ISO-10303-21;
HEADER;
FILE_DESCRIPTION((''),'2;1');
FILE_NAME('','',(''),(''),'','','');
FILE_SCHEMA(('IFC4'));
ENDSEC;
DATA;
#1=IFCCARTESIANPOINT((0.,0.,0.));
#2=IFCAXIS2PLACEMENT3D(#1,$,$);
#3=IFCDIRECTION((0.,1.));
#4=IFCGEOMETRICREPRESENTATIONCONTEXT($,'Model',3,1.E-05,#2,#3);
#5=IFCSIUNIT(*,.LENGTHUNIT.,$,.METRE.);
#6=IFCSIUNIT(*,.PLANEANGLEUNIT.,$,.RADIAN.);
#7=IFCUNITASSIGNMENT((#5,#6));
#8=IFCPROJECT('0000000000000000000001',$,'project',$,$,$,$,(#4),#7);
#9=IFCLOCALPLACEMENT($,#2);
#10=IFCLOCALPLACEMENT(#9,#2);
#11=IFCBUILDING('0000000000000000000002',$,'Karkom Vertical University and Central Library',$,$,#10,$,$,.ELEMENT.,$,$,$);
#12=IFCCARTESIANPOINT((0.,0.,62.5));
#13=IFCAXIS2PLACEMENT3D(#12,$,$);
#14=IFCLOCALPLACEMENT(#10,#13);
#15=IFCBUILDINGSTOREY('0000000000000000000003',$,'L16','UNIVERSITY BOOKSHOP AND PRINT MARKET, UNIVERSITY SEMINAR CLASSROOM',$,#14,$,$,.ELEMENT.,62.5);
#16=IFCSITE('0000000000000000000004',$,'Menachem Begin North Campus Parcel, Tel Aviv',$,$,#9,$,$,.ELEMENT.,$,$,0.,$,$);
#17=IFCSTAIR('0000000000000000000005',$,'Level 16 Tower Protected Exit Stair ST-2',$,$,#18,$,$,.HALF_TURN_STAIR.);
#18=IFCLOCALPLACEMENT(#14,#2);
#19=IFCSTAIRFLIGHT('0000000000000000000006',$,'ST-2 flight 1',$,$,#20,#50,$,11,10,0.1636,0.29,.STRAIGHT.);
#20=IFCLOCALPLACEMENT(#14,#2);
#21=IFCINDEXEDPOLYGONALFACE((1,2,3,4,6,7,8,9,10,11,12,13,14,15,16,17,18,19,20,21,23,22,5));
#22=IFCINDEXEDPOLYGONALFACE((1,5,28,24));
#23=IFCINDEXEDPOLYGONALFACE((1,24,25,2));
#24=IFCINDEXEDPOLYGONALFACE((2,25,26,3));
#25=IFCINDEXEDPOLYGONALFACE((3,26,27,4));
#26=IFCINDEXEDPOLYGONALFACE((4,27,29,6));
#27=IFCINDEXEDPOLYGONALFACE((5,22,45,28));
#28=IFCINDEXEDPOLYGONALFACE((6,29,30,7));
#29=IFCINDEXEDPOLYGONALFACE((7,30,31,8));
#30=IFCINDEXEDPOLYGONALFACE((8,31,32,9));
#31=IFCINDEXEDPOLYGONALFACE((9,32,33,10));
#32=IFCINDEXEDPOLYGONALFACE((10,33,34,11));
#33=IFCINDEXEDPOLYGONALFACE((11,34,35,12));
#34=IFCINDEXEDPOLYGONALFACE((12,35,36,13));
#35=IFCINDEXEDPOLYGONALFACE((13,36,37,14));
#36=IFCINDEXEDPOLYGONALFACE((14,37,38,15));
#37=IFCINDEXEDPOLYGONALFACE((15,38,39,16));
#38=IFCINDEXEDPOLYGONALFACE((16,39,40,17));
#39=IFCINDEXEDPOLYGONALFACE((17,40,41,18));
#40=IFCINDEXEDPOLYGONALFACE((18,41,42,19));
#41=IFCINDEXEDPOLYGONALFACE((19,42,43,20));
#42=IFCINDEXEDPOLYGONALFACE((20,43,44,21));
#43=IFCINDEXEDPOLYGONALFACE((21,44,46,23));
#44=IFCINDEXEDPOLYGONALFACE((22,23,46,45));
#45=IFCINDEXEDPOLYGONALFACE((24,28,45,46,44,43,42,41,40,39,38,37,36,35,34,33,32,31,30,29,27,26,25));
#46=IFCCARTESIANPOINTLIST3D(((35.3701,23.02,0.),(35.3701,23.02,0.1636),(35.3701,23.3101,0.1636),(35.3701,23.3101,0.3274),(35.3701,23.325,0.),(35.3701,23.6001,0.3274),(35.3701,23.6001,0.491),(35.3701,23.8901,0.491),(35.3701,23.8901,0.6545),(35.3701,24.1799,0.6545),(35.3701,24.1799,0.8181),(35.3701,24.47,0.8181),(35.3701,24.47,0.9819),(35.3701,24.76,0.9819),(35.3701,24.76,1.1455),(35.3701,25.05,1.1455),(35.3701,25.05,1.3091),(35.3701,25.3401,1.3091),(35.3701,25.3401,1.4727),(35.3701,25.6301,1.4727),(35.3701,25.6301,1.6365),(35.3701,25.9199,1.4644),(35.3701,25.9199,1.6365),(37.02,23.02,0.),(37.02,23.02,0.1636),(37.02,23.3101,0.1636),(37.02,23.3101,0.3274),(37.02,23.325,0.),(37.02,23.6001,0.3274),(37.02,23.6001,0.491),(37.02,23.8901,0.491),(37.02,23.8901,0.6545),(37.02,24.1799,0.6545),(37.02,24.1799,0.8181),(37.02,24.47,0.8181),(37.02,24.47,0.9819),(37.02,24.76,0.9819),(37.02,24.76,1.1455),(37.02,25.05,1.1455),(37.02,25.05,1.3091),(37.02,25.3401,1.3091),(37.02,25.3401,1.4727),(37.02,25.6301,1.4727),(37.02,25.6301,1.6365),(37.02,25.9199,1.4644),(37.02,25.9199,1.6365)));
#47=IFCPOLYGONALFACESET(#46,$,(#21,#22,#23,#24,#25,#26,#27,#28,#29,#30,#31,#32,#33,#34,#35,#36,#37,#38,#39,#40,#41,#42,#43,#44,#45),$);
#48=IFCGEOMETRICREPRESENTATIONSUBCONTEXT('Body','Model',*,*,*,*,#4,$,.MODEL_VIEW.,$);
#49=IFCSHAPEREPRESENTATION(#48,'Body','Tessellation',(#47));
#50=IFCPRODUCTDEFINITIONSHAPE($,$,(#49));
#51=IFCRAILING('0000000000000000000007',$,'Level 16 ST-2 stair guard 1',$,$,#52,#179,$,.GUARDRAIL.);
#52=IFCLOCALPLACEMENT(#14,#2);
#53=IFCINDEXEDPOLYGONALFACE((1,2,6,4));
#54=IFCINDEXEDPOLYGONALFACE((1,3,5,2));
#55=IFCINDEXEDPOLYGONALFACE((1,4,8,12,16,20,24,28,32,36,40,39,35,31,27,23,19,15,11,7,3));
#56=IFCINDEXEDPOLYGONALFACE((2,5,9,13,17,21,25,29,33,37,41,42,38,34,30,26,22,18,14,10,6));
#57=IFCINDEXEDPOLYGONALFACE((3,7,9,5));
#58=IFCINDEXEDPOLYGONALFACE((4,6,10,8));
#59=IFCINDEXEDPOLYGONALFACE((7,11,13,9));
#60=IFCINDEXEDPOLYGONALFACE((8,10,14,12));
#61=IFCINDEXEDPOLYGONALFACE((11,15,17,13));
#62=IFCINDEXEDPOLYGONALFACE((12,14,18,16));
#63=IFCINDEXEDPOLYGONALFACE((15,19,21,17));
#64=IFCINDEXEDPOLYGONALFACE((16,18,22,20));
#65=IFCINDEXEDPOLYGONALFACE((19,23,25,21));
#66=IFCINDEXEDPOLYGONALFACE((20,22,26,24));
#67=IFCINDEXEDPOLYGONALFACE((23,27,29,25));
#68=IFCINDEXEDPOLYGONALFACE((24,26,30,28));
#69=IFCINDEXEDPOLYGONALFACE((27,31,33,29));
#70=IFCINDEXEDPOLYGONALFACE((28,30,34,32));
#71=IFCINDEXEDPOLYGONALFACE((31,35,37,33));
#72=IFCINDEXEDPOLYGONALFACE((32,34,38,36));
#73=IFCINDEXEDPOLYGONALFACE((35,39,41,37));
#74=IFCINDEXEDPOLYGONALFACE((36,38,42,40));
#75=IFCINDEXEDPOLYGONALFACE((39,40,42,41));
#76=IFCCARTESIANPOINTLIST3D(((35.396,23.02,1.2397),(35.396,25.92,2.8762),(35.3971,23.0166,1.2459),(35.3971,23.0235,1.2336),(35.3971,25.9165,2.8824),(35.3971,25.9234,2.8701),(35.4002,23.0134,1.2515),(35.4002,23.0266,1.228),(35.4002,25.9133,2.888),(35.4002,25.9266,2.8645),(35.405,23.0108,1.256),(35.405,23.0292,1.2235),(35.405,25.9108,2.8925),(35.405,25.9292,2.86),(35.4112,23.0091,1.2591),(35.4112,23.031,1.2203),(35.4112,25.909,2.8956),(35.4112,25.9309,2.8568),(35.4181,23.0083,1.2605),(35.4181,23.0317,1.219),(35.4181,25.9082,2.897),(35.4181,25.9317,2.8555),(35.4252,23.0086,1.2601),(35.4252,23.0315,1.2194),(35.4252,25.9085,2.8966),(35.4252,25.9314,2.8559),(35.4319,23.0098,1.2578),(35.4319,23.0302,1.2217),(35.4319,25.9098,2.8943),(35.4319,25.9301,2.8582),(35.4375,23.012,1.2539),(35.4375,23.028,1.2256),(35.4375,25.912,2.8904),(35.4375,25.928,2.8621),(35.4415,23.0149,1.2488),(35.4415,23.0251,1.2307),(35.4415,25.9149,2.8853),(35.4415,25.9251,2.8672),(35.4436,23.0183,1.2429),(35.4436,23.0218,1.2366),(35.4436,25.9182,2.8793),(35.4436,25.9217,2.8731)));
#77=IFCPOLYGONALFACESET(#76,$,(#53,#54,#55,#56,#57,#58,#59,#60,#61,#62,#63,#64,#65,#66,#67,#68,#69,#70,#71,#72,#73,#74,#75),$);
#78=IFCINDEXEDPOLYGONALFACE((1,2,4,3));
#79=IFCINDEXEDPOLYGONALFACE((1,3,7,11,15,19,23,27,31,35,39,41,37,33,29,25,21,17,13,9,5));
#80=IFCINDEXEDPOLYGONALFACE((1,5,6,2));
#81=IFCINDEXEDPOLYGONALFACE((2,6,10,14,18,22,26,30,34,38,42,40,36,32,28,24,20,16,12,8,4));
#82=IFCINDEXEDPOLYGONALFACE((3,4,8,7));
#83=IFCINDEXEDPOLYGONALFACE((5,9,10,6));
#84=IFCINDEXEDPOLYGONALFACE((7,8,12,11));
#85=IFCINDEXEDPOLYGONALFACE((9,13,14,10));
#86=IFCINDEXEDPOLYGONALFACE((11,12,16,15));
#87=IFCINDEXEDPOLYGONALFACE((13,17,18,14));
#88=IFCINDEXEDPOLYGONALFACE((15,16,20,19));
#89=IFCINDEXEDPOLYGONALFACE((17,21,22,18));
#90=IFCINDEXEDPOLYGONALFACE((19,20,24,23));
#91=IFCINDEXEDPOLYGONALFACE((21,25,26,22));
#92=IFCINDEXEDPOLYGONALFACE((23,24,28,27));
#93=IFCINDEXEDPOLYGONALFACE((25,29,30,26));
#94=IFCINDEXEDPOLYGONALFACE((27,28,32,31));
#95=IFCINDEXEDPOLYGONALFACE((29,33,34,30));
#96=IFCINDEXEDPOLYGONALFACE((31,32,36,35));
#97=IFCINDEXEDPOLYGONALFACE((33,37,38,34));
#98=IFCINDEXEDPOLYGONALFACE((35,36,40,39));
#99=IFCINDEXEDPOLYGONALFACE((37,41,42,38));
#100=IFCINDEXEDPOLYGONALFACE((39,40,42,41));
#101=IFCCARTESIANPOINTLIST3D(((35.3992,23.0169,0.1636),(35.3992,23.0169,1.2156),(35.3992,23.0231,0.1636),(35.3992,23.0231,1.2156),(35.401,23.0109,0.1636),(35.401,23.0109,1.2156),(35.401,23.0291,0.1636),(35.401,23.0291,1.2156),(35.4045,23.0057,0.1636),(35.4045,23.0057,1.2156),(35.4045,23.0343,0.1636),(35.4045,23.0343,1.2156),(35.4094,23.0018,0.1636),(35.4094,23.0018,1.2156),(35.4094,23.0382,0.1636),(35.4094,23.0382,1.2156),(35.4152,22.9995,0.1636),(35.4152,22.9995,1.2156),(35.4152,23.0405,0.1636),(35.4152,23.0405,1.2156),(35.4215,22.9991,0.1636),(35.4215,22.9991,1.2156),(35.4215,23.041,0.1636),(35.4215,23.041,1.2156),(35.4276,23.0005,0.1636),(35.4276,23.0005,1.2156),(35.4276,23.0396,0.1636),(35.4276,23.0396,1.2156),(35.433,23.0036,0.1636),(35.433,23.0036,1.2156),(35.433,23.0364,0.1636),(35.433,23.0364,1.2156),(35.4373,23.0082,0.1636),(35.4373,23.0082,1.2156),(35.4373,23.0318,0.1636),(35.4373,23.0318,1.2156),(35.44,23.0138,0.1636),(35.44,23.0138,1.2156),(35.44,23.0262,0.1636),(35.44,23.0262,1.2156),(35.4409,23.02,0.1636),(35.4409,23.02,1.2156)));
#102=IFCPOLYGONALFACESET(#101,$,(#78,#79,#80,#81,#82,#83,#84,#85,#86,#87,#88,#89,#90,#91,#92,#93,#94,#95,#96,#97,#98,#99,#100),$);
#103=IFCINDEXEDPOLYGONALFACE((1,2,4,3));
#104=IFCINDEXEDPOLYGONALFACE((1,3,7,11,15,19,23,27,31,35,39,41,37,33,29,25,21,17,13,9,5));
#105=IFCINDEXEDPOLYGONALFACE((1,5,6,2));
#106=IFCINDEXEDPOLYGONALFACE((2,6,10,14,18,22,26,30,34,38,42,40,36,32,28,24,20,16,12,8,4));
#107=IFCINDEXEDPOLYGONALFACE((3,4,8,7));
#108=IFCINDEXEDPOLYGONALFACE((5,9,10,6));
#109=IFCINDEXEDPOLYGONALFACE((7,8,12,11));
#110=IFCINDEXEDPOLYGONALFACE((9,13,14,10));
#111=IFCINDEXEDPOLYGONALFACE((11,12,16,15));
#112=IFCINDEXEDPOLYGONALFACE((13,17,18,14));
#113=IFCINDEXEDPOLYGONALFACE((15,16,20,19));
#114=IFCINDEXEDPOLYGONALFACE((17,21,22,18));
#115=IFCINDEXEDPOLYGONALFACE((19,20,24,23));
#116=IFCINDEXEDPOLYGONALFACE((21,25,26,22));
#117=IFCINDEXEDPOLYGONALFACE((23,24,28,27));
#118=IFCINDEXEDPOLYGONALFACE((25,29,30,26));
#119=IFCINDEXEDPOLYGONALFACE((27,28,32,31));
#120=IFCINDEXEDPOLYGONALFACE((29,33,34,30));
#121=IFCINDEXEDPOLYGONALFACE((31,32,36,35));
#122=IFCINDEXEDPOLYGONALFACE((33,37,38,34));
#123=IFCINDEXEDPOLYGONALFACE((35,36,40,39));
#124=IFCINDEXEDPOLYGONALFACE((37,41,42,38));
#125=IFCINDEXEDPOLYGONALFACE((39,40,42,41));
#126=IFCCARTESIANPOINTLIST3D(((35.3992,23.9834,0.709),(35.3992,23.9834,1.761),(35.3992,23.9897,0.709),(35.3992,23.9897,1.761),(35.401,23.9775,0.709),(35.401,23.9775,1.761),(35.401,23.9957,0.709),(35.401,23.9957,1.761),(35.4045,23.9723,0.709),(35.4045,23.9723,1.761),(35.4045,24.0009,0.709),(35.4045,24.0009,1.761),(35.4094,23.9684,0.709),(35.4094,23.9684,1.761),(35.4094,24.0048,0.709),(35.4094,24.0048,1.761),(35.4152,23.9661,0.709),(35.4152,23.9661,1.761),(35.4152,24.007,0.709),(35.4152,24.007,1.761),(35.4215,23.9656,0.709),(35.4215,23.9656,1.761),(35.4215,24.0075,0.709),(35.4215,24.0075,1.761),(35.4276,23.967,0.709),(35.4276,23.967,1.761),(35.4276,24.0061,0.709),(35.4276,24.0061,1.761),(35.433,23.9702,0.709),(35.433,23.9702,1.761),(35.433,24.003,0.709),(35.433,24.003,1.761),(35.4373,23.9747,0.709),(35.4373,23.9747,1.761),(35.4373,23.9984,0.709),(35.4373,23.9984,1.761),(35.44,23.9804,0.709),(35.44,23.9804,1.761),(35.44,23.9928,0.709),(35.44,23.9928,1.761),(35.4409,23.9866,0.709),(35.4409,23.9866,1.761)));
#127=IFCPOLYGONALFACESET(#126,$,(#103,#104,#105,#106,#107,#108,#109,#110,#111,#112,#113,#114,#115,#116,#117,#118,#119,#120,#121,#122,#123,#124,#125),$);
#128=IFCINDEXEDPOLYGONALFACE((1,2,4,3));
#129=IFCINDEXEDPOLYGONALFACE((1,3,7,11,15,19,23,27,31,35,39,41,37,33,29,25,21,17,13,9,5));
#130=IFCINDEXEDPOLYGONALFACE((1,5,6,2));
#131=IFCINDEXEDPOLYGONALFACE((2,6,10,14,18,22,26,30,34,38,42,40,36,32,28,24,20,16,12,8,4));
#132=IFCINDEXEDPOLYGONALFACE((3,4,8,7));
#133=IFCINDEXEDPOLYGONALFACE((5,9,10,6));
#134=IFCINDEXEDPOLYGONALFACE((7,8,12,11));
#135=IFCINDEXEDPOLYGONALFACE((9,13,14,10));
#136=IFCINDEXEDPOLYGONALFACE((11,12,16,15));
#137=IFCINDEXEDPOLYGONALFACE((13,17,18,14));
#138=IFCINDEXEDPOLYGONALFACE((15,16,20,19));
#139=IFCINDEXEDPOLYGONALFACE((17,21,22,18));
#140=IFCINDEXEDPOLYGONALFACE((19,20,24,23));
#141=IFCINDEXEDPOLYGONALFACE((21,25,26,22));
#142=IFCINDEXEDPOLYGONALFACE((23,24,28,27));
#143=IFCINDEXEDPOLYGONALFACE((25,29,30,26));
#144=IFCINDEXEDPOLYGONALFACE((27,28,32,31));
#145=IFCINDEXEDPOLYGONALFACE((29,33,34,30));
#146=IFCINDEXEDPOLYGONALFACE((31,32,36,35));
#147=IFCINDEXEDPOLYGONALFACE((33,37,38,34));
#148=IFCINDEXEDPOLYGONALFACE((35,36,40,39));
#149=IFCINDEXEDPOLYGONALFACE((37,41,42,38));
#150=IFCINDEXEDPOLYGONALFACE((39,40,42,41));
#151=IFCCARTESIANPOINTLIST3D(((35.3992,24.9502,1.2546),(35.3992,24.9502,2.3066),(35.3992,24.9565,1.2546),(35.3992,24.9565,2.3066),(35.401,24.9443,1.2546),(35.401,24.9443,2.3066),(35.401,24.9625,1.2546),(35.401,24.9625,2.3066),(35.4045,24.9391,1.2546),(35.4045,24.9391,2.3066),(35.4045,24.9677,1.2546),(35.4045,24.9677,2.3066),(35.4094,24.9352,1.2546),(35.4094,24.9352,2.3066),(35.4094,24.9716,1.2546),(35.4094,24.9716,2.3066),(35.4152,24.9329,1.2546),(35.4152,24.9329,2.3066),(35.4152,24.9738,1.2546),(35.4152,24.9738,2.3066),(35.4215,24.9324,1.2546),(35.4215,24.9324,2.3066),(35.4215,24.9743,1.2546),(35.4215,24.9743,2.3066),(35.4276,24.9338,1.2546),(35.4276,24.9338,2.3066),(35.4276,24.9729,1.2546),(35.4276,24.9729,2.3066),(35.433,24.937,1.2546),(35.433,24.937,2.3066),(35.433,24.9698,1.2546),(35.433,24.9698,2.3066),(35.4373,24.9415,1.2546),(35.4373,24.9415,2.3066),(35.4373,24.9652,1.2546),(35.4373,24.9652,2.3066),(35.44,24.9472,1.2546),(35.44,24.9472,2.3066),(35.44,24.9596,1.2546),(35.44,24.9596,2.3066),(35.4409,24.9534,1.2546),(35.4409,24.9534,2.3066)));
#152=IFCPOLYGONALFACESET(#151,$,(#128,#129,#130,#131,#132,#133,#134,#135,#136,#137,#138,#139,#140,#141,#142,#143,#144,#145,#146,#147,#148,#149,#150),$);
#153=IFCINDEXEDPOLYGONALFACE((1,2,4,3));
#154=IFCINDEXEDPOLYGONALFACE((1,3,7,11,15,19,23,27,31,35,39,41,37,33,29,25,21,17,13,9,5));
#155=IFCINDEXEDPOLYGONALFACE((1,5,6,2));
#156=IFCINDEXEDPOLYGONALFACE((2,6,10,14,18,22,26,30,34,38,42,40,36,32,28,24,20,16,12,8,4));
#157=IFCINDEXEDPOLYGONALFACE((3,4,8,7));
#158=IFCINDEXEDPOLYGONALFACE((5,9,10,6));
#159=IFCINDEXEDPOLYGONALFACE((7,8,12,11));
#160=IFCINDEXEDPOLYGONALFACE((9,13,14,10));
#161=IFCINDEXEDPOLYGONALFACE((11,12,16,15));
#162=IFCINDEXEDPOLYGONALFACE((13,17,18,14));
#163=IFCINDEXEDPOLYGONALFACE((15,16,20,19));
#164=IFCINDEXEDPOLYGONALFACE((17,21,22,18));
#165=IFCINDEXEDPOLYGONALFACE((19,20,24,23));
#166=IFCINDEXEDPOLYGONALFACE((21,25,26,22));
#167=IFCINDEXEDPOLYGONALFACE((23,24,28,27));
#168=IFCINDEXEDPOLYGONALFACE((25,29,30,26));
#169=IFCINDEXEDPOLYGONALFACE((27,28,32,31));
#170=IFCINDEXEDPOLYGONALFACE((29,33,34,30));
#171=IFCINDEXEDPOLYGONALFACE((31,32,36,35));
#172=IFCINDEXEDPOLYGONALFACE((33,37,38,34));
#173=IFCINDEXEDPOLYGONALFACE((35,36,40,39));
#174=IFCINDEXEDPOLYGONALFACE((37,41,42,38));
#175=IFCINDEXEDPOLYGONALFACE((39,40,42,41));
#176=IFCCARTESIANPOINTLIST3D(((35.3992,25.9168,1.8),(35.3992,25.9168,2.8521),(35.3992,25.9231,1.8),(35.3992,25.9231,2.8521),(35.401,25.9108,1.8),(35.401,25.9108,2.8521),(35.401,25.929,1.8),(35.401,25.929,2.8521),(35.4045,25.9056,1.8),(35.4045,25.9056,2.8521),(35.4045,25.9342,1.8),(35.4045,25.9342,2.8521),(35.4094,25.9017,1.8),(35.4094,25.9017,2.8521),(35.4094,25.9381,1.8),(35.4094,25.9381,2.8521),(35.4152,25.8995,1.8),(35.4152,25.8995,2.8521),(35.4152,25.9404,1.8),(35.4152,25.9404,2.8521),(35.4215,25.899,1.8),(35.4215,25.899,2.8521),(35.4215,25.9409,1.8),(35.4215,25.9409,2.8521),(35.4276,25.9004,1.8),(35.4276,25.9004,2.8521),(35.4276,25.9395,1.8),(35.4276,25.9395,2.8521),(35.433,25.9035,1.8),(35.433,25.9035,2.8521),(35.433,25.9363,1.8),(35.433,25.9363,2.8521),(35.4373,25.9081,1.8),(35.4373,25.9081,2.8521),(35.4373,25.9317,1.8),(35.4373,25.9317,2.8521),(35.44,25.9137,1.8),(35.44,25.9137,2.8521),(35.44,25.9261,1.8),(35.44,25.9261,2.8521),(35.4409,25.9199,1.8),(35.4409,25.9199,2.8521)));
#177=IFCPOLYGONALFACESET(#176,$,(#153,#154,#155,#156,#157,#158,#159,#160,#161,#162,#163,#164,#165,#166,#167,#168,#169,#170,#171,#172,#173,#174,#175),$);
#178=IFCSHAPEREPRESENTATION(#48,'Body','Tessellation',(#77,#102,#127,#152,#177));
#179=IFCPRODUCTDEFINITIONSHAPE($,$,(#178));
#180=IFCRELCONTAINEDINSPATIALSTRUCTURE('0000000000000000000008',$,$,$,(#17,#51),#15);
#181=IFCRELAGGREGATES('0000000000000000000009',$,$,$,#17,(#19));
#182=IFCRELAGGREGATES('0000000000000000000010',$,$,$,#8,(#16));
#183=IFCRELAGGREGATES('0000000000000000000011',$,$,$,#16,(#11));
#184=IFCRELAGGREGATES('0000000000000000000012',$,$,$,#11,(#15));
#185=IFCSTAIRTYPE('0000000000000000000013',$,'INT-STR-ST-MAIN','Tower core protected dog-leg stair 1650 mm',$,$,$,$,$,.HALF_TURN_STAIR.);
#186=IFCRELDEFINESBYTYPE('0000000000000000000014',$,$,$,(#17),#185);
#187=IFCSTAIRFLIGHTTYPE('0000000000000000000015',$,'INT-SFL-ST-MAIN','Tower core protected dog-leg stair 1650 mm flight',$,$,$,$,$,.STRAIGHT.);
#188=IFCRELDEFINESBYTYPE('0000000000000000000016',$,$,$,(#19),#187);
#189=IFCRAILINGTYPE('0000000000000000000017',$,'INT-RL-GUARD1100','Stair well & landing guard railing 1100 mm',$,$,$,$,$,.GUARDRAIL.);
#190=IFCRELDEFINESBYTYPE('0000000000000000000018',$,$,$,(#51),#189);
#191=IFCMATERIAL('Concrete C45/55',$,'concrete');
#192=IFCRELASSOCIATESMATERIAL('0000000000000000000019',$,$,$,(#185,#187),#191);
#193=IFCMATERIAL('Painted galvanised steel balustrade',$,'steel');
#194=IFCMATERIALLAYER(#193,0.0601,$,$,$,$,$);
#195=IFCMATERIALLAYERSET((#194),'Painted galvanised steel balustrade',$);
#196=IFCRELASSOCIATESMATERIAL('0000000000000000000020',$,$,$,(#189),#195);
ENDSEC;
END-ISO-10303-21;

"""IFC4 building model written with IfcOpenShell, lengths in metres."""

from ifc_helpers import new_model, si_unit, direction, frame, origin, origin_2d, place, context, subcontext, project, spatial, polyline, circle, outline, extrude, material, layer, layer_set, type_object, element, aggregate, save


model = new_model("IFC4")

# Units and contexts
model_context = context("Model", 3, precision=1e-05, world=origin(), true_north=direction((0.0, 1.0)))
body_context = subcontext(model_context, "Body", "Model", "MODEL_VIEW")
ifc_project = project(units=[si_unit("LENGTHUNIT", "METRE"), si_unit("PLANEANGLEUNIT", "RADIAN")], contexts=[model_context])

# Site, building, storey
site_placement = place(None, origin())
site = spatial("IfcSite", under=ifc_project, at=site_placement, Name="Menachem Begin North Campus Parcel, Tel Aviv", CompositionType="ELEMENT", RefElevation=0.0)
building_placement = place(site_placement, origin())
building = spatial("IfcBuilding", under=site, at=building_placement, Name="Karkom Vertical University and Central Library", CompositionType="ELEMENT")
storey_placement = place(building_placement, frame((0.0, 0.0, 62.5)))
storey = spatial("IfcBuildingStorey", under=building, at=storey_placement, Name="L16", Description="UNIVERSITY BOOKSHOP AND PRINT MARKET, UNIVERSITY SEMINAR CLASSROOM", CompositionType="ELEMENT", Elevation=62.5)

# Shared definitions
ifc_material_1 = material(Name="Concrete C45/55", Category="concrete")

# Stair, stair flight
stair_type = type_object("IfcStairType", Name="INT-STR-ST-MAIN", Description="Tower core protected dog-leg stair 1650 mm", PredefinedType="HALF_TURN_STAIR", material=ifc_material_1)
stair_placement = place(storey_placement, origin())
stair = element("IfcStair", 1, at=stair_placement, inside=storey, type_object=stair_type, Name="Level 16 Tower Protected Exit Stair ST-2", PredefinedType="HALF_TURN_STAIR")
stair_flight_type = type_object("IfcStairFlightType", Name="INT-SFL-ST-MAIN", Description="Tower core protected dog-leg stair 1650 mm flight", PredefinedType="STRAIGHT", material=ifc_material_1)
stair_flight_placement = place(storey_placement, frame((36.1951, 23.02, 0.0), z_axis=(0.0, 0.0, 1.0), x_axis=(0.0, 1.0, 0.0)))
stair_flight = element("IfcStairFlight", 2, at=stair_flight_placement, type_object=stair_flight_type, Name="ST-2 flight 1", NumberOfRisers=11, NumberOfTreads=10, PredefinedType="STRAIGHT", RiserHeight=0.1636, TreadLength=0.29, context=body_context, shape_type="SweptSolid", body=[
    extrude(outline(polyline([(0.0, 0.0), (0.0, 0.1636), (0.29, 0.1636), (0.29, 0.3274), (0.5801, 0.3274), (0.5801, 0.491), (0.8701, 0.491), (0.8701, 0.6545), (1.1599, 0.6545), (1.1599, 0.8181), (1.45, 0.8181), (1.45, 0.9819), (1.74, 0.9819), (1.74, 1.1455), (2.03, 1.1455), (2.03, 1.3091), (2.3201, 1.3091), (2.3201, 1.4727), (2.6101, 1.4727), (2.6101, 1.6365), (2.8999, 1.6365), (2.8999, 1.8), (2.8999, 1.4644), (0.3049, 0.0), (0.0, 0.0)])), frame((0.0, 0.825, 0.0), z_axis=(0.0, -1.0, 0.0), x_axis=(1.0, 0.0, 0.0)), (0.0, 0.0, 1.0), 1.6499),
])
aggregate(stair, [stair_flight])

# Railing
ifc_material_2 = material(Name="Painted galvanised steel balustrade", Category="steel")
ifc_layer_1 = layer(ifc_material_2, 0.0601)
ifc_layer_set_1 = layer_set([ifc_layer_1], Name="Painted galvanised steel balustrade")
railing_type_1 = type_object("IfcRailingType", Name="INT-RL-GUARD1100", Description="Stair well & landing guard railing 1100 mm", PredefinedType="GUARDRAIL", material=ifc_layer_set_1)
railing_1_placement = place(storey_placement, frame((35.4199, 23.02, 0.1636)))
element("IfcRailing", 3, at=railing_1_placement, inside=storey, type_object=railing_type_1, Name="Level 16 ST-2 stair guard 1", PredefinedType="GUARDRAIL", context=body_context, shape_type="SweptSolid", body=[
    extrude(circle(Radius=0.0239, at=origin_2d()), frame((0.0, 0.0, 1.0762), z_axis=(0.0, 0.870897, 0.491465), x_axis=(-1.0, 0.0, 0.0)), (0.0, 0.0, 1.0), 3.3298),
    extrude(circle(Radius=0.021, at=origin_2d()), origin(), (0.0, 0.0, 1.0), 1.052),
    extrude(circle(Radius=0.021, at=origin_2d()), frame((0.0, 0.9666, 0.5454)), (0.0, 0.0, 1.0), 1.052),
    extrude(circle(Radius=0.021, at=origin_2d()), frame((0.0, 1.9333, 1.0911)), (0.0, 0.0, 1.0), 1.052),
    extrude(circle(Radius=0.021, at=origin_2d()), frame((0.0, 2.8999, 1.6365)), (0.0, 0.0, 1.0), 1.052),
])

save(model, "model.ifc")
